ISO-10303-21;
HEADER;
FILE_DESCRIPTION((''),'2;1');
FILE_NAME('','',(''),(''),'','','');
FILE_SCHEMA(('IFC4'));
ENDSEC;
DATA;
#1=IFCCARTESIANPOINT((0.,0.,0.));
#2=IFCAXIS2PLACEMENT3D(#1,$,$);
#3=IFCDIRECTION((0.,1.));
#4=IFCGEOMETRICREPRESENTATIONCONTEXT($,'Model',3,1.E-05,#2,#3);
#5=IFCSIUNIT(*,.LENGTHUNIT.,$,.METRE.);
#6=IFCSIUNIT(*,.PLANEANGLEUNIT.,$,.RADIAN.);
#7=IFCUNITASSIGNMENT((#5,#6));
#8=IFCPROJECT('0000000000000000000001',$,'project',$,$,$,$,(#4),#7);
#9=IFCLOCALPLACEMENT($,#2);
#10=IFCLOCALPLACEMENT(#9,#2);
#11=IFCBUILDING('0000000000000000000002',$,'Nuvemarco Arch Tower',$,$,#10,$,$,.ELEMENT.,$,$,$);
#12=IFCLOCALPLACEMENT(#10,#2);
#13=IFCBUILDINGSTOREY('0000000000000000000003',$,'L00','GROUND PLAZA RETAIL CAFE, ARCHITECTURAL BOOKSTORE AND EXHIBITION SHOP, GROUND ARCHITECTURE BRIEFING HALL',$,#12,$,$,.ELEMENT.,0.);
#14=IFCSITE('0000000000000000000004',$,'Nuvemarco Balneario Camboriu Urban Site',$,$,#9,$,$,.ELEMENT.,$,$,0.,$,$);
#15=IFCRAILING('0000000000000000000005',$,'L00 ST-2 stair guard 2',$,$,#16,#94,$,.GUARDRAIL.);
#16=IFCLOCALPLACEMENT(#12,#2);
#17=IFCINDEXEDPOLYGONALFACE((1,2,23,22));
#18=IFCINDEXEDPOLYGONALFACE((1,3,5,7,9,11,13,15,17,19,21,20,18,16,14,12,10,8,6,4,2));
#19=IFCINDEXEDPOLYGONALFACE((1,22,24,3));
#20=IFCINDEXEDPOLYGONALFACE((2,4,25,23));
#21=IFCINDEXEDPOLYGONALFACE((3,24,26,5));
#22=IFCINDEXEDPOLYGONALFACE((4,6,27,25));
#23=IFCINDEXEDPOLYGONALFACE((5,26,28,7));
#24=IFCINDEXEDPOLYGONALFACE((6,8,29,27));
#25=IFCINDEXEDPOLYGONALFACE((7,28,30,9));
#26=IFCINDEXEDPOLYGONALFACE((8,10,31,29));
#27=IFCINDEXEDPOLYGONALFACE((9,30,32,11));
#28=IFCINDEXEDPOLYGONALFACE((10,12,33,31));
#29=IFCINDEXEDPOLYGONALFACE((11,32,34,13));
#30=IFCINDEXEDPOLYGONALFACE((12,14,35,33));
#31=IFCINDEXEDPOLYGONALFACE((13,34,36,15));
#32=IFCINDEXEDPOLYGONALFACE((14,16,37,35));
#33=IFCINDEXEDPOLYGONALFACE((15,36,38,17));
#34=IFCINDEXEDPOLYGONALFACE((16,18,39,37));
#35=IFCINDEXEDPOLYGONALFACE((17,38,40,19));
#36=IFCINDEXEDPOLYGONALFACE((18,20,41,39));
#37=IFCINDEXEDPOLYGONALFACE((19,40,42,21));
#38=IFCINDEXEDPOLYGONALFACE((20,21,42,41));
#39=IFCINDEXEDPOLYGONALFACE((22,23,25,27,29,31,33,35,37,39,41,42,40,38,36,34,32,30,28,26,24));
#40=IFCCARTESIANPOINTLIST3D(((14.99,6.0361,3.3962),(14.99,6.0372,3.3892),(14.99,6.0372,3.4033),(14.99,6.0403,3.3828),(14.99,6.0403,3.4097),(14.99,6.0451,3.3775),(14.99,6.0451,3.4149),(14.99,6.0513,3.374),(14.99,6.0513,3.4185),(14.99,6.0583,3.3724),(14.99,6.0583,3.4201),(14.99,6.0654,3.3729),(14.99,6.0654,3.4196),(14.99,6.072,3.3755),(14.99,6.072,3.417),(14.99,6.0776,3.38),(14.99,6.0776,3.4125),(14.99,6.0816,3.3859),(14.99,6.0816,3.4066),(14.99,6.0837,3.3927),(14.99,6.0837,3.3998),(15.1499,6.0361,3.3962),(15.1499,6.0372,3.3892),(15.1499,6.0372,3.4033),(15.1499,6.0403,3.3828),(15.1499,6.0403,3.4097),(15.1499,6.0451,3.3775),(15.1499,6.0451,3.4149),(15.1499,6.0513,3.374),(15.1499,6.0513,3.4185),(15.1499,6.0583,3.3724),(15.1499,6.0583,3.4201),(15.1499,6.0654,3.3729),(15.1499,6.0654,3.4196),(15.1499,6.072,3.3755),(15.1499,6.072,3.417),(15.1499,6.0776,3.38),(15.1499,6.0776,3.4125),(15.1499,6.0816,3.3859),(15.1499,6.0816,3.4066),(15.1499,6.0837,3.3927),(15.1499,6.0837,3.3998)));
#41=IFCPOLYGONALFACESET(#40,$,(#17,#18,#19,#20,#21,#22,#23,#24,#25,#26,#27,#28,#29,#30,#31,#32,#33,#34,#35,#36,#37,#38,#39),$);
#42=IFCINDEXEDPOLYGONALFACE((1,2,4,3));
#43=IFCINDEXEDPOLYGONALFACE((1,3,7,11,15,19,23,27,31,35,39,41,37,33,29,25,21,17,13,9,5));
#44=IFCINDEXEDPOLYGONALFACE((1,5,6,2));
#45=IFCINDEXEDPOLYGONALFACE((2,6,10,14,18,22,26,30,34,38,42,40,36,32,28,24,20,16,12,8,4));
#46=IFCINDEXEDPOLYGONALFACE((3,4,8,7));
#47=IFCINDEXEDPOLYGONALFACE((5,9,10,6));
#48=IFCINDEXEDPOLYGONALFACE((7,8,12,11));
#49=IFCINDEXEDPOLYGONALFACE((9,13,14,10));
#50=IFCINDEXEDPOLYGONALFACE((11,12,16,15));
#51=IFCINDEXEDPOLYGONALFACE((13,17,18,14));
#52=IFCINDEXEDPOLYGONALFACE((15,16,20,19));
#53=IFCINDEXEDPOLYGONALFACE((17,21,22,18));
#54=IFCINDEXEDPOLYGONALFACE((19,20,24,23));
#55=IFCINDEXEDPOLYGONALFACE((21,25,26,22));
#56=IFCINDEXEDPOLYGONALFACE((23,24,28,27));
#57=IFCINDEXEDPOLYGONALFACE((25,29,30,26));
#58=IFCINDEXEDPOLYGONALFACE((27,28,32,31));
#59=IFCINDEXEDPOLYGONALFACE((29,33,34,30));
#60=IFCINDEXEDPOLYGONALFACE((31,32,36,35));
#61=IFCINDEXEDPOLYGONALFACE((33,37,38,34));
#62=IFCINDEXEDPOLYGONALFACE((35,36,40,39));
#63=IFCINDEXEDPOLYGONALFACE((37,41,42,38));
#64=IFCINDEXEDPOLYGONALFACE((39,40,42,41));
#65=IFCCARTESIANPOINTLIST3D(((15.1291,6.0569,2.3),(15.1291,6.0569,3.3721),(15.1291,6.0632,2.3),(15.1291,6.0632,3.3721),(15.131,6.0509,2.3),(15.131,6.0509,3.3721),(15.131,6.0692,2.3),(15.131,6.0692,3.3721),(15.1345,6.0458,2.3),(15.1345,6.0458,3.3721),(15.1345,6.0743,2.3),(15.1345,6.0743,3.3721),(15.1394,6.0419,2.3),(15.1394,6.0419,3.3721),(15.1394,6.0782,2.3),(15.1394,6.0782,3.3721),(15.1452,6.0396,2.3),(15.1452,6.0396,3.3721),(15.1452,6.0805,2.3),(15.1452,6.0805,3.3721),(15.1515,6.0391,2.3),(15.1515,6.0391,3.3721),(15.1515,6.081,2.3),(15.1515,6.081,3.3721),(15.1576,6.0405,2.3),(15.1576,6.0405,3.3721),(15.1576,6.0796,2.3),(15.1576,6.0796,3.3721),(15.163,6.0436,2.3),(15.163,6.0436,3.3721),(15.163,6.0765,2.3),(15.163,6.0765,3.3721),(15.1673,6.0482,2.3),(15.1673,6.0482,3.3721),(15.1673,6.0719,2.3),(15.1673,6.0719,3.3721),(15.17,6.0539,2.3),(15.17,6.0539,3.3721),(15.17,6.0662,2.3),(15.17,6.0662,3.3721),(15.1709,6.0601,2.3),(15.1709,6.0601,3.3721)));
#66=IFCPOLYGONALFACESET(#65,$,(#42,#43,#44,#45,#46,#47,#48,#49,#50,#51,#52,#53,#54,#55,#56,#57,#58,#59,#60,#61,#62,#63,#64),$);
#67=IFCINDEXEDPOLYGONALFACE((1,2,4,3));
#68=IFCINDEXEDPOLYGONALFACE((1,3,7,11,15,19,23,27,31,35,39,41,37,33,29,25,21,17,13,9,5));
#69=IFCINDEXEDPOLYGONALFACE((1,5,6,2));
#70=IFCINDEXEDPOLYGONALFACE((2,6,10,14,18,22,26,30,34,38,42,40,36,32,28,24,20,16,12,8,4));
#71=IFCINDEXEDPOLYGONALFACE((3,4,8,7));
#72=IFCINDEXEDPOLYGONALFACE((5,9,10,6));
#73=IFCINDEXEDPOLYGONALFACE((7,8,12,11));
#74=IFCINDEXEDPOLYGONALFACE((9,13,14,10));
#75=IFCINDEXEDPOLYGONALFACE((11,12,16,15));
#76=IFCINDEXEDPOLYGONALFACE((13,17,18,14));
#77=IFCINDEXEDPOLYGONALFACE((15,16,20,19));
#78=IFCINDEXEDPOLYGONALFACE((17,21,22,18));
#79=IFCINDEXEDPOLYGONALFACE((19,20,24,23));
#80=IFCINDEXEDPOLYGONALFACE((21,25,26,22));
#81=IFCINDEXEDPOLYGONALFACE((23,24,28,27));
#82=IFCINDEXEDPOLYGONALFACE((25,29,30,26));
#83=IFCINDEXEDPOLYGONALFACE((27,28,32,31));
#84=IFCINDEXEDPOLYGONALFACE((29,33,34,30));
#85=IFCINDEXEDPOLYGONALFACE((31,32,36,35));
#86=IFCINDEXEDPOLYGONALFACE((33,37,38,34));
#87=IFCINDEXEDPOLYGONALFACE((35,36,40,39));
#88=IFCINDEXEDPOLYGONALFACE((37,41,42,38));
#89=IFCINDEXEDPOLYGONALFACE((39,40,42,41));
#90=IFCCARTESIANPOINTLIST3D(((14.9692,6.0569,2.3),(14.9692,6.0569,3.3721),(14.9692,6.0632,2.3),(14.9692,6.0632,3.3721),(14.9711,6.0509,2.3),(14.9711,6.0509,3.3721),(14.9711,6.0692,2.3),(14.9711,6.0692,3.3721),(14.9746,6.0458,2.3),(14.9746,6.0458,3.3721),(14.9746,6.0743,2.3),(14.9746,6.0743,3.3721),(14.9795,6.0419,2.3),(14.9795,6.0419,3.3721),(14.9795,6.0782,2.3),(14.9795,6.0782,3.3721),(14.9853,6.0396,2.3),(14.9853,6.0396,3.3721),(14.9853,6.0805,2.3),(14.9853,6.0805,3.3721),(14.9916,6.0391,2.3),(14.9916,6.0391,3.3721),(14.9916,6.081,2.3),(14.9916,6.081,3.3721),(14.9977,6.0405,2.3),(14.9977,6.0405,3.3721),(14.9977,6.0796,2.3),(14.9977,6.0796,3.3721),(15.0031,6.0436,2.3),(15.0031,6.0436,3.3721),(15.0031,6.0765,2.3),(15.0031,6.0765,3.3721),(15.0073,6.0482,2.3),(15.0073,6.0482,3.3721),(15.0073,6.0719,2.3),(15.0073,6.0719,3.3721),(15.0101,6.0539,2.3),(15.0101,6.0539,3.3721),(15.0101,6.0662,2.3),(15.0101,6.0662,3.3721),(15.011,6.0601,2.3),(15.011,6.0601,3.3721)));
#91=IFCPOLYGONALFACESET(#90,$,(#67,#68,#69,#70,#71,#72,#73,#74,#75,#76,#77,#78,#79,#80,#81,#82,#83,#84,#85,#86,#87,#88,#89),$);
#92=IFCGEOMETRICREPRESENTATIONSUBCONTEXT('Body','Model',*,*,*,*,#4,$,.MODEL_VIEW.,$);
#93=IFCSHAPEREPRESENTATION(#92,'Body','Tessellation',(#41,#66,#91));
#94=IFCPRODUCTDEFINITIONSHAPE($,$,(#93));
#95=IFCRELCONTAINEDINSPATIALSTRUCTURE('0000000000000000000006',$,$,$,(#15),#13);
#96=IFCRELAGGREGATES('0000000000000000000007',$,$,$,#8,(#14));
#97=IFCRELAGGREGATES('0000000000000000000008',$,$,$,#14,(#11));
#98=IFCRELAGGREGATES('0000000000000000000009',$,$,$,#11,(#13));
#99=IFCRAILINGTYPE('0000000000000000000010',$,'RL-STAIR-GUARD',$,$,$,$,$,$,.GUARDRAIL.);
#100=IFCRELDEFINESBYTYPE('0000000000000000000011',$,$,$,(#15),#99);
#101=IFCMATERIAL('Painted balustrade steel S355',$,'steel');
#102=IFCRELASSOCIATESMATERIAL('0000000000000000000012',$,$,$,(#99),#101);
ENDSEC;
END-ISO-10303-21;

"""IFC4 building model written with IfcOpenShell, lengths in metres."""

from ifc_helpers import new_model, si_unit, direction, frame, origin, origin_2d, place, context, subcontext, project, spatial, circle, extrude, material, type_object, element, save


model = new_model("IFC4")

# Units and contexts
model_context = context("Model", 3, precision=1e-05, world=origin(), true_north=direction((0.0, 1.0)))
body_context = subcontext(model_context, "Body", "Model", "MODEL_VIEW")
ifc_project = project(units=[si_unit("LENGTHUNIT", "METRE"), si_unit("PLANEANGLEUNIT", "RADIAN")], contexts=[model_context])

# Site, building, storey
site_placement = place(None, origin())
site = spatial("IfcSite", under=ifc_project, at=site_placement, Name="Nuvemarco Balneario Camboriu Urban Site", CompositionType="ELEMENT", RefElevation=0.0)
building_placement = place(site_placement, origin())
building = spatial("IfcBuilding", under=site, at=building_placement, Name="Nuvemarco Arch Tower", CompositionType="ELEMENT")
storey_placement = place(building_placement, origin())
storey = spatial("IfcBuildingStorey", under=building, at=storey_placement, Name="L00", Description="GROUND PLAZA RETAIL CAFE, ARCHITECTURAL BOOKSTORE AND EXHIBITION SHOP, GROUND ARCHITECTURE BRIEFING HALL", CompositionType="ELEMENT", Elevation=0.0)

# Railing
ifc_material_1 = material(Name="Painted balustrade steel S355", Category="steel")
railing_type_1 = type_object("IfcRailingType", Name="RL-STAIR-GUARD", PredefinedType="GUARDRAIL", material=ifc_material_1)
railing_1_placement = place(storey_placement, frame((15.1499, 6.0601, 2.3)))
element("IfcRailing", 1, at=railing_1_placement, inside=storey, type_object=railing_type_1, Name="L00 ST-2 stair guard 2", PredefinedType="GUARDRAIL", context=body_context, shape_type="SweptSolid", body=[
    extrude(circle(Radius=0.0239, at=origin_2d()), frame((0.0, 0.0, 1.0962), z_axis=(-1.0, 0.0, 0.0), x_axis=(0.0, -1.0, 0.0)), (0.0, 0.0, 1.0), 0.1599),
    extrude(circle(Radius=0.021, at=origin_2d()), origin(), (0.0, 0.0, 1.0), 1.072),
    extrude(circle(Radius=0.021, at=origin_2d()), frame((-0.1599, 0.0, 0.0)), (0.0, 0.0, 1.0), 1.072),
])

save(model, "model.ifc")
